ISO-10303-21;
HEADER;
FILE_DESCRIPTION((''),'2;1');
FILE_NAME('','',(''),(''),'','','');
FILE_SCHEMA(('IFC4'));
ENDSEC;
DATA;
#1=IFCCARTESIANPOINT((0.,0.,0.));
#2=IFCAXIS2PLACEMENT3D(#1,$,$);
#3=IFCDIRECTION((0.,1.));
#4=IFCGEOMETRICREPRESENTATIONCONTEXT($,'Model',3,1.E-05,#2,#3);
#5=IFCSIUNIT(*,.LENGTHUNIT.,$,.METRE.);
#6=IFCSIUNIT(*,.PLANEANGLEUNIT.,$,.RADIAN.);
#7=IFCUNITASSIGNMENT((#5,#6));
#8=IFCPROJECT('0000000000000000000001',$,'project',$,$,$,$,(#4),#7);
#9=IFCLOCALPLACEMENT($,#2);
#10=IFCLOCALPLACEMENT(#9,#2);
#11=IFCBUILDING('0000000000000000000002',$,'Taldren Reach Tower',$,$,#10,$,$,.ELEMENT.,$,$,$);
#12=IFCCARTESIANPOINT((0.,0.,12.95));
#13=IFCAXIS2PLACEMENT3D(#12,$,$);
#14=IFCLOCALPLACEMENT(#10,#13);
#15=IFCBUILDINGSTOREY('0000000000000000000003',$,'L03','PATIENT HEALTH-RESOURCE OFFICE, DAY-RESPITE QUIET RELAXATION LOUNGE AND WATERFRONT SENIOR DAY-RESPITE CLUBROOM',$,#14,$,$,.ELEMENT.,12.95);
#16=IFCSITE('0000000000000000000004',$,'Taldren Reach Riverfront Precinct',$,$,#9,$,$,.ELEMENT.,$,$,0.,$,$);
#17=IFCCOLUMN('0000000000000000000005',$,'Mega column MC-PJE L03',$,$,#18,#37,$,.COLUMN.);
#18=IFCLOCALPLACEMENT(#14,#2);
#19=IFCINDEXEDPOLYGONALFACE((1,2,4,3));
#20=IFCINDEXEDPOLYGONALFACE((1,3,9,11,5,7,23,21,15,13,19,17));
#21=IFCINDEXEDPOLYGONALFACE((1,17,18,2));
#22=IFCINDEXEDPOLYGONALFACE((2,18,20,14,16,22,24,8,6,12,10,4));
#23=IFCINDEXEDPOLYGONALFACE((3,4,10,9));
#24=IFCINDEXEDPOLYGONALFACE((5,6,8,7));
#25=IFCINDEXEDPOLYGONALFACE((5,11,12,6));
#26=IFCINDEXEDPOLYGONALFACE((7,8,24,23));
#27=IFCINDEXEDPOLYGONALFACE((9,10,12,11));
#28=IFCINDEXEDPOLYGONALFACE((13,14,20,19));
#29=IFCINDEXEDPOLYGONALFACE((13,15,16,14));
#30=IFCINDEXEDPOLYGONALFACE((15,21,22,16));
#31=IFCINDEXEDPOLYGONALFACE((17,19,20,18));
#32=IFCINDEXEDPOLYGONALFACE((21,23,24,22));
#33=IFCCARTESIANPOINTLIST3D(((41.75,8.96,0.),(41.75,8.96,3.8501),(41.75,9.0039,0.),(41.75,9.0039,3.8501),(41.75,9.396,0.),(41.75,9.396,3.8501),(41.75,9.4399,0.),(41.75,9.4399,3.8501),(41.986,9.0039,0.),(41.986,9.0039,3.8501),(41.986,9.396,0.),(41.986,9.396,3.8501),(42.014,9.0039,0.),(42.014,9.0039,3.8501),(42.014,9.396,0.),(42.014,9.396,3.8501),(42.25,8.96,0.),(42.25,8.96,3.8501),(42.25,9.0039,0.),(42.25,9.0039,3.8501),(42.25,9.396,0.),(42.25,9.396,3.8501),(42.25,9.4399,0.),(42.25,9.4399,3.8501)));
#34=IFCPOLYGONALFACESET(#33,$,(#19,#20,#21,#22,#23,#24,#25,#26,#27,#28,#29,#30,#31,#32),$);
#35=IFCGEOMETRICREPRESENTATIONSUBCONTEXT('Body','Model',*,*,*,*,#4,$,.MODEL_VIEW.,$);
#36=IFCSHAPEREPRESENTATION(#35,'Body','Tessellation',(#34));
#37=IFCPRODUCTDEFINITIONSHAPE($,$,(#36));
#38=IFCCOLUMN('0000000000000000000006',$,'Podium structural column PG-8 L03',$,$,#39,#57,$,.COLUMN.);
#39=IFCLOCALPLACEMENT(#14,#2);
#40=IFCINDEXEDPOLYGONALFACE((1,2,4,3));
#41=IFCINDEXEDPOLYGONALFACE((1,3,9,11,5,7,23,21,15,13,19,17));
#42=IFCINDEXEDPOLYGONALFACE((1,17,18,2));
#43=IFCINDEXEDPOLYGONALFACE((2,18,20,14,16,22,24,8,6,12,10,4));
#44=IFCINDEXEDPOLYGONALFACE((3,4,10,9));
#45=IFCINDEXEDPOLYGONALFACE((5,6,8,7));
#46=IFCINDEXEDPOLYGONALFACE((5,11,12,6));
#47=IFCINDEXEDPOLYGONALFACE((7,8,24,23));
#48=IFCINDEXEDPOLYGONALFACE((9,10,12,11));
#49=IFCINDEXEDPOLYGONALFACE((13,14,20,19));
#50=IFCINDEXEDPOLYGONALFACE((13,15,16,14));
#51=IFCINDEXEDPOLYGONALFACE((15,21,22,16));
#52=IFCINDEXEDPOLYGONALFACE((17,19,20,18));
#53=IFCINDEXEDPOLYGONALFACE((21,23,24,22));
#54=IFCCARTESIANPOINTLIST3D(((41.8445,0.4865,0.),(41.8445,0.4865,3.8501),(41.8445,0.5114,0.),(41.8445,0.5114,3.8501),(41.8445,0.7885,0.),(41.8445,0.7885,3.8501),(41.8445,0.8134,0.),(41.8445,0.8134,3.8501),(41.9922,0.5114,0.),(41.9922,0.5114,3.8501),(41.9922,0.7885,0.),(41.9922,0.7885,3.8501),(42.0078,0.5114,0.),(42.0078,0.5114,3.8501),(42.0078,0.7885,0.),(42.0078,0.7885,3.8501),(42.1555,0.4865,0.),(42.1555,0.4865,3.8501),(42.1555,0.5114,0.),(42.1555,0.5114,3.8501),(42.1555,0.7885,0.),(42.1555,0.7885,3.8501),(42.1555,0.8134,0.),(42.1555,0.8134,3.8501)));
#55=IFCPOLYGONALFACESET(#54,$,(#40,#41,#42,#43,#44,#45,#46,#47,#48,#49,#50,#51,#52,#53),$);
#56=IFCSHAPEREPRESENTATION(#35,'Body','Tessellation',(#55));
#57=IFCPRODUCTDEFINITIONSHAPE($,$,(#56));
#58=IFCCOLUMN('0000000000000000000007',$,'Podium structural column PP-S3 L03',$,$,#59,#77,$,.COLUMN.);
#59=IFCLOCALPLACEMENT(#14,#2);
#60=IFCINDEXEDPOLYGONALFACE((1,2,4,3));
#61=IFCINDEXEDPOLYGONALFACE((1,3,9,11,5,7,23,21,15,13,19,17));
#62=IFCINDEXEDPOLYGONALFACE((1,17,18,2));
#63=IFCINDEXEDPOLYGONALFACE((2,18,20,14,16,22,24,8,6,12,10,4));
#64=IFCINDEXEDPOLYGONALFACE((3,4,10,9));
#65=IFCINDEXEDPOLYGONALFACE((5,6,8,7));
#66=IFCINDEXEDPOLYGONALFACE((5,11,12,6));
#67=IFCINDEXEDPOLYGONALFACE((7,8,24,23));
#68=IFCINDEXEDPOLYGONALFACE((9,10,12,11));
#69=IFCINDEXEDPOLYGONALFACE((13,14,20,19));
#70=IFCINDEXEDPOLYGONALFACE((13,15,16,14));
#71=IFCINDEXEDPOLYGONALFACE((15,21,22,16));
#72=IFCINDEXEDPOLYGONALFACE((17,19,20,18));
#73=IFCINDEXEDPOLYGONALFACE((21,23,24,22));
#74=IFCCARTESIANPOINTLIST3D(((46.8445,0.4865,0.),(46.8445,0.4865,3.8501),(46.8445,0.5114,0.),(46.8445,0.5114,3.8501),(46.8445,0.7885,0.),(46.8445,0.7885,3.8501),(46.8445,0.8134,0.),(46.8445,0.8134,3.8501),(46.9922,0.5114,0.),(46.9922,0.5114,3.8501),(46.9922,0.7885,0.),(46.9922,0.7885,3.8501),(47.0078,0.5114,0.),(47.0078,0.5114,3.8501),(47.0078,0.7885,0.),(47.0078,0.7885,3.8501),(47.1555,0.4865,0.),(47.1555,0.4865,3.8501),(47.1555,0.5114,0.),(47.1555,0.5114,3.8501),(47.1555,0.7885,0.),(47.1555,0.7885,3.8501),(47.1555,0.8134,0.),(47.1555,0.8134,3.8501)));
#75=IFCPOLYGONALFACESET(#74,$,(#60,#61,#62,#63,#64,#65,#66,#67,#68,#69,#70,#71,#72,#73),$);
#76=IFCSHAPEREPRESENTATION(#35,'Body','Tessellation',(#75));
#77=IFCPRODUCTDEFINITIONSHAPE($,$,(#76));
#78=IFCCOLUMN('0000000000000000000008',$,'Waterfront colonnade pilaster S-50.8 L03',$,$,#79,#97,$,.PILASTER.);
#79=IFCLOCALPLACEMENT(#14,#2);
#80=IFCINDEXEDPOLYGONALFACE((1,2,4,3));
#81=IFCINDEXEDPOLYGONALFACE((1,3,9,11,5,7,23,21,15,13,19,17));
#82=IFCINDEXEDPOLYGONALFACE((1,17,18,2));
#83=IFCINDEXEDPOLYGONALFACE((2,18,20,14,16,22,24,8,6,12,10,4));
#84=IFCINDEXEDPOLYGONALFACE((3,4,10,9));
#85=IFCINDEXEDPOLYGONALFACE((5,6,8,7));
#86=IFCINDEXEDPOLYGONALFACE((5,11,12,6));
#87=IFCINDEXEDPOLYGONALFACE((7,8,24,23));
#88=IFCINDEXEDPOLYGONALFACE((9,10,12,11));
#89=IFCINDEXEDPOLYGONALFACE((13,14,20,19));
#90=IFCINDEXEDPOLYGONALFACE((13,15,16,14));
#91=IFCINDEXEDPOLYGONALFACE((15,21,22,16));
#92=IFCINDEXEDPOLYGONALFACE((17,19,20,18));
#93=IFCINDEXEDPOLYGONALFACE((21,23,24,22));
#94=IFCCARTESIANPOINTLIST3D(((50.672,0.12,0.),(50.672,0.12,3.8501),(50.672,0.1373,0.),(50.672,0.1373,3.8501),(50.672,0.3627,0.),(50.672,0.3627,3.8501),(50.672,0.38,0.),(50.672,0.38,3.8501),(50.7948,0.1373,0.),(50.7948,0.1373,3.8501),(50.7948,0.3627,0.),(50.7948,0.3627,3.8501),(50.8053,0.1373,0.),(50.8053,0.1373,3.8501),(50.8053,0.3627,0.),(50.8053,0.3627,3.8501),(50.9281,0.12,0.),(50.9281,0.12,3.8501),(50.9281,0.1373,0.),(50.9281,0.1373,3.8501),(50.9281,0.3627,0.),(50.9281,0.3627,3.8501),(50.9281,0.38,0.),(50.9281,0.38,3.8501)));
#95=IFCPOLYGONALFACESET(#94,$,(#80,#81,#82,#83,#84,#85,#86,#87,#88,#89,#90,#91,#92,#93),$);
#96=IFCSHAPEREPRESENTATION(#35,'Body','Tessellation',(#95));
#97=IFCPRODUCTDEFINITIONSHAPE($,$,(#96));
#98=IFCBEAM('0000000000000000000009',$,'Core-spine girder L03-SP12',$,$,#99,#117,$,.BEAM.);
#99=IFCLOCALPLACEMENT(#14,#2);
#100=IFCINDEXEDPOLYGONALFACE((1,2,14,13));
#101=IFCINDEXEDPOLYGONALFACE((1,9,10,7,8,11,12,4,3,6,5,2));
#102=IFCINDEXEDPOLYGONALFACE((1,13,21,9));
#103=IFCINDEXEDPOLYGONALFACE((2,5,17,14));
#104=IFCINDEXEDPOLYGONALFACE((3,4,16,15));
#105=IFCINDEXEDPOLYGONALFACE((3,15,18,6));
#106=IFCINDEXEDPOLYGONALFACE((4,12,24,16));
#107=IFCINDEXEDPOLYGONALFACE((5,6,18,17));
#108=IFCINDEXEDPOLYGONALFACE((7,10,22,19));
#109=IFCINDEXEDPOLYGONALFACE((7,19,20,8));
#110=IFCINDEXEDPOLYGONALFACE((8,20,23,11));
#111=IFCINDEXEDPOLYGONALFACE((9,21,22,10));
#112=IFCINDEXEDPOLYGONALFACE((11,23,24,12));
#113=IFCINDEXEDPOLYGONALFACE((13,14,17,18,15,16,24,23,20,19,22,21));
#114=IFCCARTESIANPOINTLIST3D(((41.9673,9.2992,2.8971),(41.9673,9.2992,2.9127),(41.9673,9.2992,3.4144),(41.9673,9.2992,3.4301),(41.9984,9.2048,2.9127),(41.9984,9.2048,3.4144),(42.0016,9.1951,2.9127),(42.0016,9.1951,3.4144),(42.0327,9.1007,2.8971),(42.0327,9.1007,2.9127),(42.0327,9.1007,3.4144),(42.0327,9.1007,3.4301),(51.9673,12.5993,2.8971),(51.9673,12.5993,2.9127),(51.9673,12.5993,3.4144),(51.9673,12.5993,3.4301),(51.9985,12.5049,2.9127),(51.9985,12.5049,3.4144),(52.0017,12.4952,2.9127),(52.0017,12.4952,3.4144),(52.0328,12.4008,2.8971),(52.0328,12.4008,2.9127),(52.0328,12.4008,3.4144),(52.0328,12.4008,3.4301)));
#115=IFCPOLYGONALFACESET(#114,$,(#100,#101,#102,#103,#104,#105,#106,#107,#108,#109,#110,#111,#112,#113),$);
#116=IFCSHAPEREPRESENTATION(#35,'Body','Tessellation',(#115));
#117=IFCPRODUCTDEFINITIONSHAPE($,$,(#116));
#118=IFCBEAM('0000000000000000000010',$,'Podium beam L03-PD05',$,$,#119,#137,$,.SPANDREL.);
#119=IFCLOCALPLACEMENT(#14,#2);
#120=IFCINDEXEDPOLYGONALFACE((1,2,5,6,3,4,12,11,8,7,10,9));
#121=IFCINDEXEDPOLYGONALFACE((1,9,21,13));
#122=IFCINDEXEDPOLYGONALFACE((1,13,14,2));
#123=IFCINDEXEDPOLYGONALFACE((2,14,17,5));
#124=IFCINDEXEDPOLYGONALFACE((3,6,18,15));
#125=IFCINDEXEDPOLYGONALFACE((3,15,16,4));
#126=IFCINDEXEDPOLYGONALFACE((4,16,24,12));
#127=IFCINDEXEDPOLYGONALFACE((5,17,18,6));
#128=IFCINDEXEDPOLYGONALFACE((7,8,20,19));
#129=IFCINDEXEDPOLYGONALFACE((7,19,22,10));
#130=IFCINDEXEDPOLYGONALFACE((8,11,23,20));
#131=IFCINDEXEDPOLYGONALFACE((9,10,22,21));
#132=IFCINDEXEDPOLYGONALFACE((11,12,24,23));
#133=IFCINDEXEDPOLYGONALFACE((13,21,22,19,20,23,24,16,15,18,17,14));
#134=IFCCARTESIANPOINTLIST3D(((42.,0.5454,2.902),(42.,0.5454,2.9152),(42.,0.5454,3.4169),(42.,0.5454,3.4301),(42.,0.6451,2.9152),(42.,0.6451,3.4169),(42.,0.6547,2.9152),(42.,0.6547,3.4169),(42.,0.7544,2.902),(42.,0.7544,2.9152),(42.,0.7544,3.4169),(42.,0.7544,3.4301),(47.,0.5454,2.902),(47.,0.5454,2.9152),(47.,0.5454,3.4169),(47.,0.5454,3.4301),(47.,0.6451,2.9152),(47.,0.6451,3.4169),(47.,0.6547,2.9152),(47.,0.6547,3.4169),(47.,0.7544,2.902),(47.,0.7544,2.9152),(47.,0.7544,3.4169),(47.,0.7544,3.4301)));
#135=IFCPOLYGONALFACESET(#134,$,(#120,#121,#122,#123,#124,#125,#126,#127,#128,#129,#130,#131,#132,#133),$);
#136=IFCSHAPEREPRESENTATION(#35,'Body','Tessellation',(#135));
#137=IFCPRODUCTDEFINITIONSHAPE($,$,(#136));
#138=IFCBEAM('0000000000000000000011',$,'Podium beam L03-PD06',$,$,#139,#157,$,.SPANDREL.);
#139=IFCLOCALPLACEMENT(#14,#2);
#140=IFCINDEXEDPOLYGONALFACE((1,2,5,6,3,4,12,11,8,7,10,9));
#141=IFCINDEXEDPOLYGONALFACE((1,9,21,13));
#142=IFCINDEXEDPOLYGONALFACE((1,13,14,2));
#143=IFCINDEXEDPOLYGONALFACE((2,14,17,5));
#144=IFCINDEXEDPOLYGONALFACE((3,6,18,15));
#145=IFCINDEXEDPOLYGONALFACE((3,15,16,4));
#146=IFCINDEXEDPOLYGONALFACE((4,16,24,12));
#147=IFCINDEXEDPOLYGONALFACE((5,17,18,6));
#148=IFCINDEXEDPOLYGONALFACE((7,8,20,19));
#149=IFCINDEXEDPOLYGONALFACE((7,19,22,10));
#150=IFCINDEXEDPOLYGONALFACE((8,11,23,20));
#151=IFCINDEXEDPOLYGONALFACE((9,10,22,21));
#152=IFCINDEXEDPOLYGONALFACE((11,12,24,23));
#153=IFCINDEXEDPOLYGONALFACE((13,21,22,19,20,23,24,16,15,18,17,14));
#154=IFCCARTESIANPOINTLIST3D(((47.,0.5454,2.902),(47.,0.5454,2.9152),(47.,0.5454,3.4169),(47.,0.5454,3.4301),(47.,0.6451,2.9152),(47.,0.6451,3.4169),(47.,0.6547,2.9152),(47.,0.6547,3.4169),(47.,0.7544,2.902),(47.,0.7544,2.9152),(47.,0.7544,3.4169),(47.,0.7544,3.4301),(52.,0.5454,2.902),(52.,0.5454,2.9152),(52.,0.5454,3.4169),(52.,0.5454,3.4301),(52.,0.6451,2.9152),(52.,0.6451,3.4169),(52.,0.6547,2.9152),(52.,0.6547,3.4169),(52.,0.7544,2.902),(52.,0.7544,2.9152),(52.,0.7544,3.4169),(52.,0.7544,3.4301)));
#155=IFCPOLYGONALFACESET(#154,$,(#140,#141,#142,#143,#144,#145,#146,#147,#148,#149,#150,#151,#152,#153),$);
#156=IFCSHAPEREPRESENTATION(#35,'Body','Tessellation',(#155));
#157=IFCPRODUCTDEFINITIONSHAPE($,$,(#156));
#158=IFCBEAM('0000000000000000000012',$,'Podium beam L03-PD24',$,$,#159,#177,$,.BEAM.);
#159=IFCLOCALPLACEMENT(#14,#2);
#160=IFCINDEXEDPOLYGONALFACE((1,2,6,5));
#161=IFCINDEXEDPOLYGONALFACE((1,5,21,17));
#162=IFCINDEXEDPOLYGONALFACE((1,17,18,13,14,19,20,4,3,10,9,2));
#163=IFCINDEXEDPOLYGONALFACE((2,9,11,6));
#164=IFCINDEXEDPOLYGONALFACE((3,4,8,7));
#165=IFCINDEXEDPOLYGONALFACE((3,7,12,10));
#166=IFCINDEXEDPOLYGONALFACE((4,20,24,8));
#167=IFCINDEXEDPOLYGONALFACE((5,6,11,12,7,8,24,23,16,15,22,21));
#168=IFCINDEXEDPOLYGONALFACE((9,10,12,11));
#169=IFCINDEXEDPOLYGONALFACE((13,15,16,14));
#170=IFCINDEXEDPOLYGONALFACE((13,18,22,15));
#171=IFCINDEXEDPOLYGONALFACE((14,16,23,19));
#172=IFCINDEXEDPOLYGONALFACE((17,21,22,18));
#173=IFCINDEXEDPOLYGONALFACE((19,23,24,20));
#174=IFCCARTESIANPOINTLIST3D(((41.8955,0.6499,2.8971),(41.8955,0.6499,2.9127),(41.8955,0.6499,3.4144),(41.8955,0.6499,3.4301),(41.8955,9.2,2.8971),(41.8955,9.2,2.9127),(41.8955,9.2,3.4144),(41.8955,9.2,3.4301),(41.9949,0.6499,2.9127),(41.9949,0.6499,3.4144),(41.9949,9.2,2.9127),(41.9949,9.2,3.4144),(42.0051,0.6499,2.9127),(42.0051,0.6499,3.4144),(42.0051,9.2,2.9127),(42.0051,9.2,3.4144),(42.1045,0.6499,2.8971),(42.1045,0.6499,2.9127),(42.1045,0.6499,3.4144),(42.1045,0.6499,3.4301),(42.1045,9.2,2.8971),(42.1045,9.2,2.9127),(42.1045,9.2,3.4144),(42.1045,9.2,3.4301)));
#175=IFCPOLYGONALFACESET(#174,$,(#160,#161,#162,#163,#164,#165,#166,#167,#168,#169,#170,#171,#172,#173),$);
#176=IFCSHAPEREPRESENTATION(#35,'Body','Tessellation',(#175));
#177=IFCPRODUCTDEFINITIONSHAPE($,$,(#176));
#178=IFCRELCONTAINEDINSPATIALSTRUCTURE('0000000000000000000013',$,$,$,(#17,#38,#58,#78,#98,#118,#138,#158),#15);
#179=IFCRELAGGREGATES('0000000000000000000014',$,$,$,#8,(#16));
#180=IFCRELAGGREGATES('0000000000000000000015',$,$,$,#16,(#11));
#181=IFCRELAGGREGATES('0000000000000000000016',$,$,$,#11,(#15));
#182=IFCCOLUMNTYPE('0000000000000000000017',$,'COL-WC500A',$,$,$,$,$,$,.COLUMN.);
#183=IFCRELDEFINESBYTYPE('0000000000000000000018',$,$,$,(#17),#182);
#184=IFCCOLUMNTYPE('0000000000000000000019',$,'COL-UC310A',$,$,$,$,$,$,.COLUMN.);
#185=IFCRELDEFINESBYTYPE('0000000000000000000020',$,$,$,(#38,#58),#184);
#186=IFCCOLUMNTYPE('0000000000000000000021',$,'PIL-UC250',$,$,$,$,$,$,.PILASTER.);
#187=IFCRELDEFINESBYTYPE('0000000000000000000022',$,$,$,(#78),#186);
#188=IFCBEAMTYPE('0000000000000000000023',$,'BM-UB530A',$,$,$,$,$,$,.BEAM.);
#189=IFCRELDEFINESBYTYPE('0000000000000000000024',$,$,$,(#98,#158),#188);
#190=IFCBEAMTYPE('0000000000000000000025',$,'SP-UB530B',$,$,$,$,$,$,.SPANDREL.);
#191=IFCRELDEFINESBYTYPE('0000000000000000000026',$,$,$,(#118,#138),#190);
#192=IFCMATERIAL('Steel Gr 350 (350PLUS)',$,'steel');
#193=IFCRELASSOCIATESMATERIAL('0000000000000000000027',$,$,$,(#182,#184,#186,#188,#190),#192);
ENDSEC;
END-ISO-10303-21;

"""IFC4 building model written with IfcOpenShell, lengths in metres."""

from ifc_helpers import new_model, si_unit, direction, frame, origin, origin_2d, place, context, subcontext, project, spatial, i_section, extrude, source, transform, mapped, material, material_profile, profile_set, type_object, element, save


model = new_model("IFC4")

# Units and contexts
model_context = context("Model", 3, precision=1e-05, world=origin(), true_north=direction((0.0, 1.0)))
body_context = subcontext(model_context, "Body", "Model", "MODEL_VIEW")
ifc_project = project(units=[si_unit("LENGTHUNIT", "METRE"), si_unit("PLANEANGLEUNIT", "RADIAN")], contexts=[model_context])

# Site, building, storey
site_placement = place(None, origin())
site = spatial("IfcSite", under=ifc_project, at=site_placement, Name="Taldren Reach Riverfront Precinct", CompositionType="ELEMENT", RefElevation=0.0)
building_placement = place(site_placement, origin())
building = spatial("IfcBuilding", under=site, at=building_placement, Name="Taldren Reach Tower", CompositionType="ELEMENT")
storey_placement = place(building_placement, frame((0.0, 0.0, 12.95)))
storey = spatial("IfcBuildingStorey", under=building, at=storey_placement, Name="L03", Description="PATIENT HEALTH-RESOURCE OFFICE, DAY-RESPITE QUIET RELAXATION LOUNGE AND WATERFRONT SENIOR DAY-RESPITE CLUBROOM", CompositionType="ELEMENT", Elevation=12.95)

# Columns
ifc_material_1 = material(Name="Steel Gr 350 (350PLUS)", Category="steel")
ifc_material_profile_1 = material_profile(ifc_material_1, i_section(OverallWidth=0.5, OverallDepth=0.48, WebThickness=0.0281, FlangeThickness=0.0439, at=origin_2d()), Name="500WC440")
ifc_profile_set_1 = profile_set([ifc_material_profile_1], Name="Steel Gr 350 (350PLUS)")
column_type_1 = type_object("IfcColumnType", Name="COL-WC500A", PredefinedType="COLUMN", material=ifc_profile_set_1)
shared_shape_1 = source(origin(), body_context, "Body", "SweptSolid", [
    extrude(i_section(OverallWidth=0.5, OverallDepth=0.48, WebThickness=0.0281, FlangeThickness=0.0439, at=origin_2d()), origin(), (0.0, 0.0, 1.0), 3.8501),
])
column_1_placement = place(storey_placement, frame((42.0, 9.2, 0.0), z_axis=(0.0, 0.0, 1.0), x_axis=(1.0, 0.0, 0.0)))
element("IfcColumn", 1, at=column_1_placement, inside=storey, type_object=column_type_1, Name="Mega column MC-PJE L03", PredefinedType="COLUMN", context=body_context, shape_type="MappedRepresentation", body=[
    mapped(shared_shape_1, transform((0.0, 0.0, 0.0), scale=1.0)),
])
ifc_material_profile_2 = material_profile(ifc_material_1, i_section(OverallWidth=0.311, OverallDepth=0.3269, WebThickness=0.0156, FlangeThickness=0.0249, at=origin_2d()), Name="310UC158")
ifc_profile_set_2 = profile_set([ifc_material_profile_2], Name="Steel Gr 350 (350PLUS)")
column_type_2 = type_object("IfcColumnType", Name="COL-UC310A", PredefinedType="COLUMN", material=ifc_profile_set_2)
shared_shape_2 = source(origin(), body_context, "Body", "SweptSolid", [
    extrude(i_section(OverallWidth=0.311, OverallDepth=0.3269, WebThickness=0.0156, FlangeThickness=0.0249, at=origin_2d()), origin(), (0.0, 0.0, 1.0), 3.8501),
])
for number, where, z_axis, x_axis, name in (
    (2, (42.0, 0.6499, 0.0), (0.0, 0.0, 1.0), (1.0, 0.0, 0.0), "Podium structural column PG-8 L03"),
    (3, (47.0, 0.6499, 0.0), (0.0, 0.0, 1.0), (1.0, 0.0, 0.0), "Podium structural column PP-S3 L03"),
):
    element("IfcColumn", number, at=place(storey_placement, frame(where, z_axis=z_axis, x_axis=x_axis)), inside=storey, type_object=column_type_2, Name=name, PredefinedType="COLUMN", context=body_context, shape_type="MappedRepresentation", body=[
        mapped(shared_shape_2, transform((0.0, 0.0, 0.0), scale=1.0)),
    ])
ifc_material_profile_3 = material_profile(ifc_material_1, i_section(OverallWidth=0.2561, OverallDepth=0.26, WebThickness=0.0105, FlangeThickness=0.0173, at=origin_2d()), Name="250UC89.5")
ifc_profile_set_3 = profile_set([ifc_material_profile_3], Name="Steel Gr 350 (350PLUS)")
column_type_3 = type_object("IfcColumnType", Name="PIL-UC250", PredefinedType="PILASTER", material=ifc_profile_set_3)
shared_shape_3 = source(origin(), body_context, "Body", "SweptSolid", [
    extrude(i_section(OverallWidth=0.2561, OverallDepth=0.26, WebThickness=0.0105, FlangeThickness=0.0173, at=origin_2d()), origin(), (0.0, 0.0, 1.0), 3.8501),
])
column_2_placement = place(storey_placement, frame((50.8, 0.25, 0.0), z_axis=(0.0, 0.0, 1.0), x_axis=(1.0, 0.0, 0.0)))
element("IfcColumn", 4, at=column_2_placement, inside=storey, type_object=column_type_3, Name="Waterfront colonnade pilaster S-50.8 L03", PredefinedType="PILASTER", context=body_context, shape_type="MappedRepresentation", body=[
    mapped(shared_shape_3, transform((0.0, 0.0, 0.0), scale=1.0)),
])

# Beams
ifc_material_profile_4 = material_profile(ifc_material_1, i_section(OverallWidth=0.209, OverallDepth=0.533, WebThickness=0.0103, FlangeThickness=0.0156, at=origin_2d()), Name="530UB92.4")
ifc_profile_set_4 = profile_set([ifc_material_profile_4], Name="Steel Gr 350 (350PLUS)")
beam_type_1 = type_object("IfcBeamType", Name="BM-UB530A", PredefinedType="BEAM", material=ifc_profile_set_4)
shared_shape_4 = source(origin(), body_context, "Body", "SweptSolid", [
    extrude(i_section(OverallWidth=0.209, OverallDepth=0.533, WebThickness=0.0103, FlangeThickness=0.0156, at=origin_2d()), origin(), (0.0, 0.0, 1.0), 10.5305),
])
beam_1_placement = place(storey_placement, frame((42.0, 9.2, 3.1636), z_axis=(0.949627, 0.313382, 0.0), x_axis=(-0.313382, 0.949627, 0.0)))
element("IfcBeam", 5, at=beam_1_placement, inside=storey, type_object=beam_type_1, Name="Core-spine girder L03-SP12", PredefinedType="BEAM", context=body_context, shape_type="MappedRepresentation", body=[
    mapped(shared_shape_4, transform((0.0, 0.0, 0.0), scale=1.0)),
])
ifc_material_profile_5 = material_profile(ifc_material_1, i_section(OverallWidth=0.209, OverallDepth=0.5281, WebThickness=0.0095, FlangeThickness=0.0132, at=origin_2d()), Name="530UB82.0")
ifc_profile_set_5 = profile_set([ifc_material_profile_5], Name="Steel Gr 350 (350PLUS)")
beam_type_2 = type_object("IfcBeamType", Name="SP-UB530B", PredefinedType="SPANDREL", material=ifc_profile_set_5)
shared_shape_5 = source(origin(), body_context, "Body", "SweptSolid", [
    extrude(i_section(OverallWidth=0.209, OverallDepth=0.5281, WebThickness=0.0095, FlangeThickness=0.0132, at=origin_2d()), origin(), (0.0, 0.0, 1.0), 5.0),
])
for number, where, z_axis, x_axis, name in (
    (6, (42.0, 0.6499, 3.166), (1.0, 0.0, 0.0), (0.0, 1.0, 0.0), "Podium beam L03-PD05"),
    (7, (47.0, 0.6499, 3.166), (1.0, 0.0, 0.0), (0.0, 1.0, 0.0), "Podium beam L03-PD06"),
):
    element("IfcBeam", number, at=place(storey_placement, frame(where, z_axis=z_axis, x_axis=x_axis)), inside=storey, type_object=beam_type_2, Name=name, PredefinedType="SPANDREL", context=body_context, shape_type="MappedRepresentation", body=[
        mapped(shared_shape_5, transform((0.0, 0.0, 0.0), scale=1.0)),
    ])
shared_shape_6 = source(origin(), body_context, "Body", "SweptSolid", [
    extrude(i_section(OverallWidth=0.209, OverallDepth=0.533, WebThickness=0.0103, FlangeThickness=0.0156, at=origin_2d()), origin(), (0.0, 0.0, 1.0), 8.55),
])
beam_2_placement = place(storey_placement, frame((42.0, 0.6499, 3.1636), z_axis=(0.0, 1.0, 0.0), x_axis=(-1.0, 0.0, 0.0)))
element("IfcBeam", 8, at=beam_2_placement, inside=storey, type_object=beam_type_1, Name="Podium beam L03-PD24", PredefinedType="BEAM", context=body_context, shape_type="MappedRepresentation", body=[
    mapped(shared_shape_6, transform((0.0, 0.0, 0.0), scale=1.0)),
])

save(model, "model.ifc")
